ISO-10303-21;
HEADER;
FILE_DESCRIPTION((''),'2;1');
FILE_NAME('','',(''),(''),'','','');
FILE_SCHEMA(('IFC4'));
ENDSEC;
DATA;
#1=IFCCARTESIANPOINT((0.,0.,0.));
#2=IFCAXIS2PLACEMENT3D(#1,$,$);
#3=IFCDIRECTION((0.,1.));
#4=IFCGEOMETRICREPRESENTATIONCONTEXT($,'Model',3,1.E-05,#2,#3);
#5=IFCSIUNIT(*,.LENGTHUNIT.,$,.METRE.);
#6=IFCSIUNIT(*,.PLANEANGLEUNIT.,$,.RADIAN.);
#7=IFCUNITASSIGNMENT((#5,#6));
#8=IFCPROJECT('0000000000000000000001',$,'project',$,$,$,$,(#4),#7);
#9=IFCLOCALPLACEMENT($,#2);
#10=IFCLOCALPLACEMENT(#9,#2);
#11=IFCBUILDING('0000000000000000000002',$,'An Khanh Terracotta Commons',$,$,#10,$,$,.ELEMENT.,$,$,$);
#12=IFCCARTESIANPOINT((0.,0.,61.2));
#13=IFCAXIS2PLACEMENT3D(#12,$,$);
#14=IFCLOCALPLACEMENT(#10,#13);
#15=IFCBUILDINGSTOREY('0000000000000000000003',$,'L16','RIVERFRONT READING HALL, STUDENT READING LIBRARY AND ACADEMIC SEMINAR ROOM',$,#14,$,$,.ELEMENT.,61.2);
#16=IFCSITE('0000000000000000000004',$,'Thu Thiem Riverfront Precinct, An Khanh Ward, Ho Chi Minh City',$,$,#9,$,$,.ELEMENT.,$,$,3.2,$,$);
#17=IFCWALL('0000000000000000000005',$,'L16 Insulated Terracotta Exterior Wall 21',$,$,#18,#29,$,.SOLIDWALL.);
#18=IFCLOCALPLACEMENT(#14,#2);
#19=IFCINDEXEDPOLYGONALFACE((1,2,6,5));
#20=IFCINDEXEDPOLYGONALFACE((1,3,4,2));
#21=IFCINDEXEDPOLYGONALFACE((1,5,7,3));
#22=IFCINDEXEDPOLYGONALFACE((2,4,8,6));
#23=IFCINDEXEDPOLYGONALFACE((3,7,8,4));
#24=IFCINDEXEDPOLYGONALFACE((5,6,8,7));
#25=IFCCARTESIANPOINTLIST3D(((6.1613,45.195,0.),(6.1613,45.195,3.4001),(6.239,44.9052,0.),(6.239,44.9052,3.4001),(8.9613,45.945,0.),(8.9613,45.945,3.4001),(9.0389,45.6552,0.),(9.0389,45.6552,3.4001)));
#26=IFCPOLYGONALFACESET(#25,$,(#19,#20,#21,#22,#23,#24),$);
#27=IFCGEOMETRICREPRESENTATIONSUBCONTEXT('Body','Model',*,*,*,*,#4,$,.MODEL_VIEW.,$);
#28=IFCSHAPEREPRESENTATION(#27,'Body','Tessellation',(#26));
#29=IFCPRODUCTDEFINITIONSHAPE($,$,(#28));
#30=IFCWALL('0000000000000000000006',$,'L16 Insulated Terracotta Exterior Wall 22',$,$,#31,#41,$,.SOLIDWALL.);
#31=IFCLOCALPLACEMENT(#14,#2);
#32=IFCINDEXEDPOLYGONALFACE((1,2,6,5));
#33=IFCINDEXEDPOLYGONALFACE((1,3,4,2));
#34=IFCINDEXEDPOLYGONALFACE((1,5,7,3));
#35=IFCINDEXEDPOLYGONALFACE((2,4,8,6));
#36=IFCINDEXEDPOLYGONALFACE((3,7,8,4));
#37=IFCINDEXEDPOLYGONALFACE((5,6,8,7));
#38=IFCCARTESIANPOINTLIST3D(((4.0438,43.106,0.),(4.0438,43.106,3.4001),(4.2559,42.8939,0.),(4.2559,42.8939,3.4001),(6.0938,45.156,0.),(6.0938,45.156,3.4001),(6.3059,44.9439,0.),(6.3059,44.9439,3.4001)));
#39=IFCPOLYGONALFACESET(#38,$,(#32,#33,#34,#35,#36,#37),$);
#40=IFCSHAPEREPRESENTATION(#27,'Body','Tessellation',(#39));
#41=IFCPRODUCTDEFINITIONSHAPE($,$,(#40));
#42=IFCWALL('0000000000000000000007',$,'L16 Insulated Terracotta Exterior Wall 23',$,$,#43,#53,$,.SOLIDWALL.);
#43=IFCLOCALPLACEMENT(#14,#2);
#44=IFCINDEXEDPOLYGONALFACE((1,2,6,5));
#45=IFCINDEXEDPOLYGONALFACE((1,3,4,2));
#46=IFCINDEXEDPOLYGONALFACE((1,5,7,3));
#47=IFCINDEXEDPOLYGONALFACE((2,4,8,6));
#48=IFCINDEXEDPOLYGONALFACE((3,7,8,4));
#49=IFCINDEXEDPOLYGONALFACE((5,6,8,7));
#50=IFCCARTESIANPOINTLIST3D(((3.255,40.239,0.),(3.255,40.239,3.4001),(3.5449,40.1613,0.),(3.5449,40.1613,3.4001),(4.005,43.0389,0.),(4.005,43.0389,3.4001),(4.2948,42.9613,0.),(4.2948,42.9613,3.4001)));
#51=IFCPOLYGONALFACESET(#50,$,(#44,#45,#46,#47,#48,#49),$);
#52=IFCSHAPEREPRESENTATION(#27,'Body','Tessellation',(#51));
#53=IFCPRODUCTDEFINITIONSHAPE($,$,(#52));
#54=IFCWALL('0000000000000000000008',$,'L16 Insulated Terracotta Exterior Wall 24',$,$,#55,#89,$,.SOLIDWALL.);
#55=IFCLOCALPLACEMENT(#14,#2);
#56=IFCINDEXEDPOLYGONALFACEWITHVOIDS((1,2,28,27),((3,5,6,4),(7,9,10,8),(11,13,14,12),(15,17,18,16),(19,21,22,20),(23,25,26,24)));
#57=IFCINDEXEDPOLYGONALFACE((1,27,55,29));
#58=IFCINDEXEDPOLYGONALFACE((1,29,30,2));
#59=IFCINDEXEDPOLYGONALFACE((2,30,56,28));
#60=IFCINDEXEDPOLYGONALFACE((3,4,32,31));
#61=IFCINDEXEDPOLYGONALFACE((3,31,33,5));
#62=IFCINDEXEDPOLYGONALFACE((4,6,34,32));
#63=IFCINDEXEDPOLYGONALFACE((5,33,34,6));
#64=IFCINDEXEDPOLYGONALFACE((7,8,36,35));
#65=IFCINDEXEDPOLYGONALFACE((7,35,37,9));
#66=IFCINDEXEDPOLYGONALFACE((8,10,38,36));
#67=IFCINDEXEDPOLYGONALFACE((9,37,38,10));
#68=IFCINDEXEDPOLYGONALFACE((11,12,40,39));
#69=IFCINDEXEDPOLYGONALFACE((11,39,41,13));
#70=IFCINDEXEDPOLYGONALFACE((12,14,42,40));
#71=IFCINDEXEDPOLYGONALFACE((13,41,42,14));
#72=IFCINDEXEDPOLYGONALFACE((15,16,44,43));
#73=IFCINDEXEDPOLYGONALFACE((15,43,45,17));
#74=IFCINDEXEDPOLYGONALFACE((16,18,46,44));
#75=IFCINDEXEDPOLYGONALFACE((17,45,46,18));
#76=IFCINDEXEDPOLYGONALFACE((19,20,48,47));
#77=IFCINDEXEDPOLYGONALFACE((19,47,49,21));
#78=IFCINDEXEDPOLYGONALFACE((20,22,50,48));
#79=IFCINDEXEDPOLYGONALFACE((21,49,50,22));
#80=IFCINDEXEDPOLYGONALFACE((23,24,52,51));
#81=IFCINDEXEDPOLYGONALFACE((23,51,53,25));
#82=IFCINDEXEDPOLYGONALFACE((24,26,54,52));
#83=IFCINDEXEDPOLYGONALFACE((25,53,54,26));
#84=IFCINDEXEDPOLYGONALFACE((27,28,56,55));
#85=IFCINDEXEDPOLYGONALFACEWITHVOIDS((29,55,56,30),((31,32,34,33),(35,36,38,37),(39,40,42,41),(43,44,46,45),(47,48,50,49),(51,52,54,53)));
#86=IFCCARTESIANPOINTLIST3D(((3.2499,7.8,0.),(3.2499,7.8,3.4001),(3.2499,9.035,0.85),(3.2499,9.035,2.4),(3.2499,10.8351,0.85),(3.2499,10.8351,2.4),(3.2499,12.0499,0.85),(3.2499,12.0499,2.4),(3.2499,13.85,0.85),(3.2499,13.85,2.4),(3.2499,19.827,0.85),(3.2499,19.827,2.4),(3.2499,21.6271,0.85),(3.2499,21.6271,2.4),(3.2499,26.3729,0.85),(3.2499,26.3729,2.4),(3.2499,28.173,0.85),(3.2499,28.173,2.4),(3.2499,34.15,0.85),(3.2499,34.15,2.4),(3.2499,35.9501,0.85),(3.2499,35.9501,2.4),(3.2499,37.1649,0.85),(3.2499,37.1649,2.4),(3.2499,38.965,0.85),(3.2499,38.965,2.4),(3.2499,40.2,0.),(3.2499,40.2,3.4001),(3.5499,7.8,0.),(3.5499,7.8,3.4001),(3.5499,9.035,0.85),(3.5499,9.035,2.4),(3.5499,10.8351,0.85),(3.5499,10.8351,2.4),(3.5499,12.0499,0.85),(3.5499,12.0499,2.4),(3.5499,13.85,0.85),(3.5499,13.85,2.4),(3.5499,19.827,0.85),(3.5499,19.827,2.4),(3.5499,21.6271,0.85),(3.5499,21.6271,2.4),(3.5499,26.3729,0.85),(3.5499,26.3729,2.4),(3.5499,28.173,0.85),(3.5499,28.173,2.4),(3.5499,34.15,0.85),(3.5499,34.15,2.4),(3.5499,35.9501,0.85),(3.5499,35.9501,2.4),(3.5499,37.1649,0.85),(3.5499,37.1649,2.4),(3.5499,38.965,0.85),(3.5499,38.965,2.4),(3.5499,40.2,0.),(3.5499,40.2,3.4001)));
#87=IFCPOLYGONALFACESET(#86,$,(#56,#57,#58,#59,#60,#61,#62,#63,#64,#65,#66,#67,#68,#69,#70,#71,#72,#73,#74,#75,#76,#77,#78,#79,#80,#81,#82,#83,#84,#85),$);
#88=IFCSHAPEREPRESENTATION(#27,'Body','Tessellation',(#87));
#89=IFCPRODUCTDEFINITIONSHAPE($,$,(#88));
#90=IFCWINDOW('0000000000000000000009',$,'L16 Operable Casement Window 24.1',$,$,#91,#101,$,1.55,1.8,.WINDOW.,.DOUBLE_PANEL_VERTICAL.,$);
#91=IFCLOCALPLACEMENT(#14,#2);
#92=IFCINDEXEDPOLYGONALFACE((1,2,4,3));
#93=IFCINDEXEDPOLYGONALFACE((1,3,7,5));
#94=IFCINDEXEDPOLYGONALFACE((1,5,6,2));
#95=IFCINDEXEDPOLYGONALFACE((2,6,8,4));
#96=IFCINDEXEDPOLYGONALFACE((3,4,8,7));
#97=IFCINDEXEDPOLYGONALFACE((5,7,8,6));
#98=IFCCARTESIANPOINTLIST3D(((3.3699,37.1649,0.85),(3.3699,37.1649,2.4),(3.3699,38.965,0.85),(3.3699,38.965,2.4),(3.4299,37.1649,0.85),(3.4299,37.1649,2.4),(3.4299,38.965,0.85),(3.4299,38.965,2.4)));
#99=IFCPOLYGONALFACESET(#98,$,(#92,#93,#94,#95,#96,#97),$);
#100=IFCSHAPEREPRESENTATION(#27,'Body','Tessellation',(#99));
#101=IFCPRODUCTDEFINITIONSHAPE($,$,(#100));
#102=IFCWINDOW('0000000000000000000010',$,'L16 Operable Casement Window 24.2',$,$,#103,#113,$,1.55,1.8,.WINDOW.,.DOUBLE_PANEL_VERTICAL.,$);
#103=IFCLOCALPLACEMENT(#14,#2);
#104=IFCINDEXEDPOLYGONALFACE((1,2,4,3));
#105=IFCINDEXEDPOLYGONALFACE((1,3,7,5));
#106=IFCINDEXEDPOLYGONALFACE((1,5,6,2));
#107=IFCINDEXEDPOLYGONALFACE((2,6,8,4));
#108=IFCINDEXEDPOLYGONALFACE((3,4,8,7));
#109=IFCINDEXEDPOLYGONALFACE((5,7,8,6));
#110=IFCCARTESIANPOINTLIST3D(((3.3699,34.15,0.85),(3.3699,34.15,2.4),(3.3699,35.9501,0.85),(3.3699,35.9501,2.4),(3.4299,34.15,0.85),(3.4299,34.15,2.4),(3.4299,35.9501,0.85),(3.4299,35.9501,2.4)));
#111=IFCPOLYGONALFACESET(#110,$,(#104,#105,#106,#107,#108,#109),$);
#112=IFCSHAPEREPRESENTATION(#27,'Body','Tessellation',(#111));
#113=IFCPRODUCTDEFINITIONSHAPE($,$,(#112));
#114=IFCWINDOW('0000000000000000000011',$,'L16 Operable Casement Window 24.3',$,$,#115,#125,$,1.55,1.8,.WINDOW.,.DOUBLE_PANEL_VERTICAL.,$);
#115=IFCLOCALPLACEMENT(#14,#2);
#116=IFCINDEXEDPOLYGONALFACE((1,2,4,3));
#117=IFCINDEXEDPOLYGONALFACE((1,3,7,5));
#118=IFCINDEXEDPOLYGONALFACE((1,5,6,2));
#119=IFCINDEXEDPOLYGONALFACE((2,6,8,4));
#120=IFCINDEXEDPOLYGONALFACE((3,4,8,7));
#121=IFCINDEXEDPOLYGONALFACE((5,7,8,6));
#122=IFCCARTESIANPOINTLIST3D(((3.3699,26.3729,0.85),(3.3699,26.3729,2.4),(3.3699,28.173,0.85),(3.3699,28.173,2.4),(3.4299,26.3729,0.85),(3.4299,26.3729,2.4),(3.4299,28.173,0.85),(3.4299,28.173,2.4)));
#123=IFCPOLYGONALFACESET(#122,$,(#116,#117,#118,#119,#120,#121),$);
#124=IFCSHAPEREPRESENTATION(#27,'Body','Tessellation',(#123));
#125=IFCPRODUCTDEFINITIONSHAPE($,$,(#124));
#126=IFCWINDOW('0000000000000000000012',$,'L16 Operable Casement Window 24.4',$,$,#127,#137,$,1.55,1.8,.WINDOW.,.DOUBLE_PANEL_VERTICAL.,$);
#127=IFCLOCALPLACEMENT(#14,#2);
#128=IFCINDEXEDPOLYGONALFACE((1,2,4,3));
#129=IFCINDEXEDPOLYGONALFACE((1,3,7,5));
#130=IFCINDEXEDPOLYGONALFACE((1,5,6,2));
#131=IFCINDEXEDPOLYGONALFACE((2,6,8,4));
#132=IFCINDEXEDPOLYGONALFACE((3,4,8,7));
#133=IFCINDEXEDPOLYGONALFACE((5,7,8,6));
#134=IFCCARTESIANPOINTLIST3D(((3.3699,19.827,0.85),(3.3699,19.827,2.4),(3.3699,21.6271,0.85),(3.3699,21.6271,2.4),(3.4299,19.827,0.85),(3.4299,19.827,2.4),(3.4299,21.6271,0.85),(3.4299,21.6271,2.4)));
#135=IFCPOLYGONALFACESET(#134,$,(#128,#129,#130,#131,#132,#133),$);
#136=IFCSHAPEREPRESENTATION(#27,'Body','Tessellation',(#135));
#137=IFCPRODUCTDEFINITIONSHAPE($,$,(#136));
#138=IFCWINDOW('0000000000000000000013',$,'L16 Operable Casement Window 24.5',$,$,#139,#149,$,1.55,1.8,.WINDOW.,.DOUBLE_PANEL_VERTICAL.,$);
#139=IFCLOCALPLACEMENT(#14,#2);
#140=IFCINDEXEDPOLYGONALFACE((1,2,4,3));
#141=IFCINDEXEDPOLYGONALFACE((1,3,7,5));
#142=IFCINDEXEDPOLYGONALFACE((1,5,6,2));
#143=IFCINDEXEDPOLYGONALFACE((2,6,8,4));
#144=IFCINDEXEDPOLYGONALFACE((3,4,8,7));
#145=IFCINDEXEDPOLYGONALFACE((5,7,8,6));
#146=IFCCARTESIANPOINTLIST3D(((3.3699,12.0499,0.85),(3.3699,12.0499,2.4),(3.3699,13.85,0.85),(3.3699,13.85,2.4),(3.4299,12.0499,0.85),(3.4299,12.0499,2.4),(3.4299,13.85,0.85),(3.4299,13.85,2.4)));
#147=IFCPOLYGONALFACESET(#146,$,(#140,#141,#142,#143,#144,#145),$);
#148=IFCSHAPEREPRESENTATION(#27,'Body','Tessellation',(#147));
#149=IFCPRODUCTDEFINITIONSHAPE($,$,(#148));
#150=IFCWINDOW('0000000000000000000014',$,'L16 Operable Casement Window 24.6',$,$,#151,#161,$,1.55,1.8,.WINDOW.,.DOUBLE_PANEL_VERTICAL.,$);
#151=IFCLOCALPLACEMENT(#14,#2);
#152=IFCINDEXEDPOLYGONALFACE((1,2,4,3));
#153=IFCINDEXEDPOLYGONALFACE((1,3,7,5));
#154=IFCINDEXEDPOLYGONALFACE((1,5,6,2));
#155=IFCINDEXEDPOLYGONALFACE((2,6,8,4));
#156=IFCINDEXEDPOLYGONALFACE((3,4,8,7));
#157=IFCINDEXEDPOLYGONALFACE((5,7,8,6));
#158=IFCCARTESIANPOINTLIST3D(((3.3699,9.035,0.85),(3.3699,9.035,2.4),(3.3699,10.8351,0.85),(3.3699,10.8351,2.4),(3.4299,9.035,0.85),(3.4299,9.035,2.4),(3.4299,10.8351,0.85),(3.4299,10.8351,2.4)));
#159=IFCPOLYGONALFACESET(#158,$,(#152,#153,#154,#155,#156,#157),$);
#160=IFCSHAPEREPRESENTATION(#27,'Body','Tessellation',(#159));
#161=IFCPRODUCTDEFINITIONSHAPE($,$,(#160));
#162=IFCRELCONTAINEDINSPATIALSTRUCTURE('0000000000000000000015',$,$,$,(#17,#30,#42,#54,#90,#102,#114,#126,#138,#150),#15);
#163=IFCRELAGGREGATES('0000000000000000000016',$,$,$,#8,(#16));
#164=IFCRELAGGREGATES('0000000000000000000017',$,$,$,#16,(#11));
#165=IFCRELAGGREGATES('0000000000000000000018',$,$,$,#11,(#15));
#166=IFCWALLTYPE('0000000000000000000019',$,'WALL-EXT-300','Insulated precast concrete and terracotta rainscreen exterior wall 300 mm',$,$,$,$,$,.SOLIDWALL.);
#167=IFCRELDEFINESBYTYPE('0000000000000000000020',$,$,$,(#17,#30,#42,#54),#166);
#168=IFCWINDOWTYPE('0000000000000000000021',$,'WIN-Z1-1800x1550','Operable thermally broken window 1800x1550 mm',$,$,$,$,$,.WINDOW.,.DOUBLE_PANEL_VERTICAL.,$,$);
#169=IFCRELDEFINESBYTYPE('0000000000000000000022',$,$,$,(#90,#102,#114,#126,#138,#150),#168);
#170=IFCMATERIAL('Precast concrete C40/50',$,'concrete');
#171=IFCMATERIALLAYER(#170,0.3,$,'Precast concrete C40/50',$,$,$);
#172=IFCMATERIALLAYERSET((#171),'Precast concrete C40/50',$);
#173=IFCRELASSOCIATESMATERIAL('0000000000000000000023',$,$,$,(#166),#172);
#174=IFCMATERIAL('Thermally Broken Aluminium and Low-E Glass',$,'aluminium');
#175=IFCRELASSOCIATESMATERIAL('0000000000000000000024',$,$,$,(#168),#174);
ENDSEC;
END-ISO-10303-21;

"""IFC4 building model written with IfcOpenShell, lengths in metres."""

from ifc_helpers import new_model, si_unit, direction, frame, frame_2d, origin, place, context, subcontext, project, spatial, rectangle, extrude, material, layer, layer_set, type_object, element, fill, save


model = new_model("IFC4")

# Units and contexts
model_context = context("Model", 3, precision=1e-05, world=origin(), true_north=direction((0.0, 1.0)))
body_context = subcontext(model_context, "Body", "Model", "MODEL_VIEW")
ifc_project = project(units=[si_unit("LENGTHUNIT", "METRE"), si_unit("PLANEANGLEUNIT", "RADIAN")], contexts=[model_context])

# Site, building, storey
site_placement = place(None, origin())
site = spatial("IfcSite", under=ifc_project, at=site_placement, Name="Thu Thiem Riverfront Precinct, An Khanh Ward, Ho Chi Minh City", CompositionType="ELEMENT", RefElevation=3.2)
building_placement = place(site_placement, origin())
building = spatial("IfcBuilding", under=site, at=building_placement, Name="An Khanh Terracotta Commons", CompositionType="ELEMENT")
storey_placement = place(building_placement, frame((0.0, 0.0, 61.2)))
storey = spatial("IfcBuildingStorey", under=building, at=storey_placement, Name="L16", Description="RIVERFRONT READING HALL, STUDENT READING LIBRARY AND ACADEMIC SEMINAR ROOM", CompositionType="ELEMENT", Elevation=61.2)

# Walls
ifc_material_1 = material(Name="Precast concrete C40/50", Category="concrete")
ifc_layer_1 = layer(ifc_material_1, 0.3, Name="Precast concrete C40/50")
ifc_layer_set_1 = layer_set([ifc_layer_1], Name="Precast concrete C40/50")
wall_type_1 = type_object("IfcWallType", Name="WALL-EXT-300", Description="Insulated precast concrete and terracotta rainscreen exterior wall 300 mm", PredefinedType="SOLIDWALL", material=ifc_layer_set_1)
wall_1_placement = place(storey_placement, frame((9.0, 45.8, 0.0), z_axis=(0.0, 0.0, 1.0), x_axis=(-0.965949, -0.258732, 0.0)))
element("IfcWall", 1, at=wall_1_placement, inside=storey, type_object=wall_type_1, Name="L16 Insulated Terracotta Exterior Wall 21", PredefinedType="SOLIDWALL", context=body_context, shape_type="SweptSolid", body=[
    extrude(rectangle(XDim=2.8987, YDim=0.3, at=frame_2d((1.4492, 0.0))), origin(), (0.0, 0.0, 1.0), 3.4001),
])
wall_2_placement = place(storey_placement, frame((6.2, 45.05, 0.0), z_axis=(0.0, 0.0, 1.0), x_axis=(-0.707107, -0.707107, 0.0)))
element("IfcWall", 2, at=wall_2_placement, inside=storey, type_object=wall_type_1, Name="L16 Insulated Terracotta Exterior Wall 22", PredefinedType="SOLIDWALL", context=body_context, shape_type="SweptSolid", body=[
    extrude(rectangle(XDim=2.8992, YDim=0.3, at=frame_2d((1.4497, 0.0))), origin(), (0.0, 0.0, 1.0), 3.4001),
])
wall_3_placement = place(storey_placement, frame((4.1499, 43.0, 0.0), z_axis=(0.0, 0.0, 1.0), x_axis=(-0.258732, -0.965949, 0.0)))
element("IfcWall", 3, at=wall_3_placement, inside=storey, type_object=wall_type_1, Name="L16 Insulated Terracotta Exterior Wall 23", PredefinedType="SOLIDWALL", context=body_context, shape_type="SweptSolid", body=[
    extrude(rectangle(XDim=2.8987, YDim=0.3, at=frame_2d((1.4492, 0.0))), origin(), (0.0, 0.0, 1.0), 3.4001),
])

# Wall, openings, windows
wall_4_placement = place(storey_placement, frame((3.3999, 40.2, 0.0), z_axis=(0.0, 0.0, 1.0), x_axis=(0.0, -1.0, 0.0)))
wall_4 = element("IfcWall", 4, at=wall_4_placement, inside=storey, type_object=wall_type_1, Name="L16 Insulated Terracotta Exterior Wall 24", PredefinedType="SOLIDWALL", context=body_context, shape_type="SweptSolid", body=[
    extrude(rectangle(XDim=32.3999, YDim=0.3, at=frame_2d((16.2, 0.0))), origin(), (0.0, 0.0, 1.0), 3.4001),
])
opening_1_placement = place(wall_4_placement, frame((1.2351, 0.0, 0.8501)))
opening_1 = element("IfcOpeningElement", 5, at=opening_1_placement, cuts=wall_4, PredefinedType="OPENING", context=body_context, shape_type="SweptSolid", body=[
    extrude(rectangle(XDim=1.8, YDim=1.55, at=frame_2d((0.8999, 0.7749))), frame((0.0, 0.1599, 0.0), z_axis=(0.0, -1.0, 0.0), x_axis=(1.0, 0.0, 0.0)), (0.0, 0.0, 1.0), 0.3201),
])
opening_2_placement = place(wall_4_placement, frame((4.25, 0.0, 0.8501)))
opening_2 = element("IfcOpeningElement", 6, at=opening_2_placement, cuts=wall_4, PredefinedType="OPENING", context=body_context, shape_type="SweptSolid", body=[
    extrude(rectangle(XDim=1.8, YDim=1.55, at=frame_2d((0.8999, 0.7749))), frame((0.0, 0.1599, 0.0), z_axis=(0.0, -1.0, 0.0), x_axis=(1.0, 0.0, 0.0)), (0.0, 0.0, 1.0), 0.3201),
])
opening_3_placement = place(wall_4_placement, frame((12.0271, 0.0, 0.8501)))
opening_3 = element("IfcOpeningElement", 7, at=opening_3_placement, cuts=wall_4, PredefinedType="OPENING", context=body_context, shape_type="SweptSolid", body=[
    extrude(rectangle(XDim=1.8, YDim=1.55, at=frame_2d((0.8999, 0.7749))), frame((0.0, 0.1599, 0.0), z_axis=(0.0, -1.0, 0.0), x_axis=(1.0, 0.0, 0.0)), (0.0, 0.0, 1.0), 0.3201),
])
opening_4_placement = place(wall_4_placement, frame((18.573, 0.0, 0.8501)))
opening_4 = element("IfcOpeningElement", 8, at=opening_4_placement, cuts=wall_4, PredefinedType="OPENING", context=body_context, shape_type="SweptSolid", body=[
    extrude(rectangle(XDim=1.8, YDim=1.55, at=frame_2d((0.8999, 0.7749))), frame((0.0, 0.1599, 0.0), z_axis=(0.0, -1.0, 0.0), x_axis=(1.0, 0.0, 0.0)), (0.0, 0.0, 1.0), 0.3201),
])
opening_5_placement = place(wall_4_placement, frame((26.3501, 0.0, 0.8501)))
opening_5 = element("IfcOpeningElement", 9, at=opening_5_placement, cuts=wall_4, PredefinedType="OPENING", context=body_context, shape_type="SweptSolid", body=[
    extrude(rectangle(XDim=1.8, YDim=1.55, at=frame_2d((0.8999, 0.7749))), frame((0.0, 0.1599, 0.0), z_axis=(0.0, -1.0, 0.0), x_axis=(1.0, 0.0, 0.0)), (0.0, 0.0, 1.0), 0.3201),
])
opening_6_placement = place(wall_4_placement, frame((29.365, 0.0, 0.8501)))
opening_6 = element("IfcOpeningElement", 10, at=opening_6_placement, cuts=wall_4, PredefinedType="OPENING", context=body_context, shape_type="SweptSolid", body=[
    extrude(rectangle(XDim=1.8, YDim=1.55, at=frame_2d((0.8999, 0.7749))), frame((0.0, 0.1599, 0.0), z_axis=(0.0, -1.0, 0.0), x_axis=(1.0, 0.0, 0.0)), (0.0, 0.0, 1.0), 0.3201),
])
ifc_material_2 = material(Name="Thermally Broken Aluminium and Low-E Glass", Category="aluminium")
window_type = type_object("IfcWindowType", Name="WIN-Z1-1800x1550", Description="Operable thermally broken window 1800x1550 mm", PartitioningType="DOUBLE_PANEL_VERTICAL", PredefinedType="WINDOW", material=ifc_material_2)
window_1_placement = place(opening_1_placement, origin())
window_1 = element("IfcWindow", 11, at=window_1_placement, inside=storey, type_object=window_type, Name="L16 Operable Casement Window 24.1", OverallHeight=1.55, OverallWidth=1.8, PartitioningType="DOUBLE_PANEL_VERTICAL", PredefinedType="WINDOW", context=body_context, shape_type="SweptSolid", body=[
    extrude(rectangle(XDim=1.8, YDim=1.55, at=frame_2d((0.8999, 0.7749))), frame((0.0, 0.03, 0.0), z_axis=(0.0, -1.0, 0.0), x_axis=(1.0, 0.0, 0.0)), (0.0, 0.0, 1.0), 0.0601),
])
fill(opening_1, window_1)
window_2_placement = place(opening_2_placement, origin())
window_2 = element("IfcWindow", 12, at=window_2_placement, inside=storey, type_object=window_type, Name="L16 Operable Casement Window 24.2", OverallHeight=1.55, OverallWidth=1.8, PartitioningType="DOUBLE_PANEL_VERTICAL", PredefinedType="WINDOW", context=body_context, shape_type="SweptSolid", body=[
    extrude(rectangle(XDim=1.8, YDim=1.55, at=frame_2d((0.8999, 0.7749))), frame((0.0, 0.03, 0.0), z_axis=(0.0, -1.0, 0.0), x_axis=(1.0, 0.0, 0.0)), (0.0, 0.0, 1.0), 0.0601),
])
fill(opening_2, window_2)
window_3_placement = place(opening_3_placement, origin())
window_3 = element("IfcWindow", 13, at=window_3_placement, inside=storey, type_object=window_type, Name="L16 Operable Casement Window 24.3", OverallHeight=1.55, OverallWidth=1.8, PartitioningType="DOUBLE_PANEL_VERTICAL", PredefinedType="WINDOW", context=body_context, shape_type="SweptSolid", body=[
    extrude(rectangle(XDim=1.8, YDim=1.55, at=frame_2d((0.8999, 0.7749))), frame((0.0, 0.03, 0.0), z_axis=(0.0, -1.0, 0.0), x_axis=(1.0, 0.0, 0.0)), (0.0, 0.0, 1.0), 0.0601),
])
fill(opening_3, window_3)
window_4_placement = place(opening_4_placement, origin())
window_4 = element("IfcWindow", 14, at=window_4_placement, inside=storey, type_object=window_type, Name="L16 Operable Casement Window 24.4", OverallHeight=1.55, OverallWidth=1.8, PartitioningType="DOUBLE_PANEL_VERTICAL", PredefinedType="WINDOW", context=body_context, shape_type="SweptSolid", body=[
    extrude(rectangle(XDim=1.8, YDim=1.55, at=frame_2d((0.8999, 0.7749))), frame((0.0, 0.03, 0.0), z_axis=(0.0, -1.0, 0.0), x_axis=(1.0, 0.0, 0.0)), (0.0, 0.0, 1.0), 0.0601),
])
fill(opening_4, window_4)
window_5_placement = place(opening_5_placement, origin())
window_5 = element("IfcWindow", 15, at=window_5_placement, inside=storey, type_object=window_type, Name="L16 Operable Casement Window 24.5", OverallHeight=1.55, OverallWidth=1.8, PartitioningType="DOUBLE_PANEL_VERTICAL", PredefinedType="WINDOW", context=body_context, shape_type="SweptSolid", body=[
    extrude(rectangle(XDim=1.8, YDim=1.55, at=frame_2d((0.8999, 0.7749))), frame((0.0, 0.03, 0.0), z_axis=(0.0, -1.0, 0.0), x_axis=(1.0, 0.0, 0.0)), (0.0, 0.0, 1.0), 0.0601),
])
fill(opening_5, window_5)
window_6_placement = place(opening_6_placement, origin())
window_6 = element("IfcWindow", 16, at=window_6_placement, inside=storey, type_object=window_type, Name="L16 Operable Casement Window 24.6", OverallHeight=1.55, OverallWidth=1.8, PartitioningType="DOUBLE_PANEL_VERTICAL", PredefinedType="WINDOW", context=body_context, shape_type="SweptSolid", body=[
    extrude(rectangle(XDim=1.8, YDim=1.55, at=frame_2d((0.8999, 0.7749))), frame((0.0, 0.03, 0.0), z_axis=(0.0, -1.0, 0.0), x_axis=(1.0, 0.0, 0.0)), (0.0, 0.0, 1.0), 0.0601),
])
fill(opening_6, window_6)

save(model, "model.ifc")
